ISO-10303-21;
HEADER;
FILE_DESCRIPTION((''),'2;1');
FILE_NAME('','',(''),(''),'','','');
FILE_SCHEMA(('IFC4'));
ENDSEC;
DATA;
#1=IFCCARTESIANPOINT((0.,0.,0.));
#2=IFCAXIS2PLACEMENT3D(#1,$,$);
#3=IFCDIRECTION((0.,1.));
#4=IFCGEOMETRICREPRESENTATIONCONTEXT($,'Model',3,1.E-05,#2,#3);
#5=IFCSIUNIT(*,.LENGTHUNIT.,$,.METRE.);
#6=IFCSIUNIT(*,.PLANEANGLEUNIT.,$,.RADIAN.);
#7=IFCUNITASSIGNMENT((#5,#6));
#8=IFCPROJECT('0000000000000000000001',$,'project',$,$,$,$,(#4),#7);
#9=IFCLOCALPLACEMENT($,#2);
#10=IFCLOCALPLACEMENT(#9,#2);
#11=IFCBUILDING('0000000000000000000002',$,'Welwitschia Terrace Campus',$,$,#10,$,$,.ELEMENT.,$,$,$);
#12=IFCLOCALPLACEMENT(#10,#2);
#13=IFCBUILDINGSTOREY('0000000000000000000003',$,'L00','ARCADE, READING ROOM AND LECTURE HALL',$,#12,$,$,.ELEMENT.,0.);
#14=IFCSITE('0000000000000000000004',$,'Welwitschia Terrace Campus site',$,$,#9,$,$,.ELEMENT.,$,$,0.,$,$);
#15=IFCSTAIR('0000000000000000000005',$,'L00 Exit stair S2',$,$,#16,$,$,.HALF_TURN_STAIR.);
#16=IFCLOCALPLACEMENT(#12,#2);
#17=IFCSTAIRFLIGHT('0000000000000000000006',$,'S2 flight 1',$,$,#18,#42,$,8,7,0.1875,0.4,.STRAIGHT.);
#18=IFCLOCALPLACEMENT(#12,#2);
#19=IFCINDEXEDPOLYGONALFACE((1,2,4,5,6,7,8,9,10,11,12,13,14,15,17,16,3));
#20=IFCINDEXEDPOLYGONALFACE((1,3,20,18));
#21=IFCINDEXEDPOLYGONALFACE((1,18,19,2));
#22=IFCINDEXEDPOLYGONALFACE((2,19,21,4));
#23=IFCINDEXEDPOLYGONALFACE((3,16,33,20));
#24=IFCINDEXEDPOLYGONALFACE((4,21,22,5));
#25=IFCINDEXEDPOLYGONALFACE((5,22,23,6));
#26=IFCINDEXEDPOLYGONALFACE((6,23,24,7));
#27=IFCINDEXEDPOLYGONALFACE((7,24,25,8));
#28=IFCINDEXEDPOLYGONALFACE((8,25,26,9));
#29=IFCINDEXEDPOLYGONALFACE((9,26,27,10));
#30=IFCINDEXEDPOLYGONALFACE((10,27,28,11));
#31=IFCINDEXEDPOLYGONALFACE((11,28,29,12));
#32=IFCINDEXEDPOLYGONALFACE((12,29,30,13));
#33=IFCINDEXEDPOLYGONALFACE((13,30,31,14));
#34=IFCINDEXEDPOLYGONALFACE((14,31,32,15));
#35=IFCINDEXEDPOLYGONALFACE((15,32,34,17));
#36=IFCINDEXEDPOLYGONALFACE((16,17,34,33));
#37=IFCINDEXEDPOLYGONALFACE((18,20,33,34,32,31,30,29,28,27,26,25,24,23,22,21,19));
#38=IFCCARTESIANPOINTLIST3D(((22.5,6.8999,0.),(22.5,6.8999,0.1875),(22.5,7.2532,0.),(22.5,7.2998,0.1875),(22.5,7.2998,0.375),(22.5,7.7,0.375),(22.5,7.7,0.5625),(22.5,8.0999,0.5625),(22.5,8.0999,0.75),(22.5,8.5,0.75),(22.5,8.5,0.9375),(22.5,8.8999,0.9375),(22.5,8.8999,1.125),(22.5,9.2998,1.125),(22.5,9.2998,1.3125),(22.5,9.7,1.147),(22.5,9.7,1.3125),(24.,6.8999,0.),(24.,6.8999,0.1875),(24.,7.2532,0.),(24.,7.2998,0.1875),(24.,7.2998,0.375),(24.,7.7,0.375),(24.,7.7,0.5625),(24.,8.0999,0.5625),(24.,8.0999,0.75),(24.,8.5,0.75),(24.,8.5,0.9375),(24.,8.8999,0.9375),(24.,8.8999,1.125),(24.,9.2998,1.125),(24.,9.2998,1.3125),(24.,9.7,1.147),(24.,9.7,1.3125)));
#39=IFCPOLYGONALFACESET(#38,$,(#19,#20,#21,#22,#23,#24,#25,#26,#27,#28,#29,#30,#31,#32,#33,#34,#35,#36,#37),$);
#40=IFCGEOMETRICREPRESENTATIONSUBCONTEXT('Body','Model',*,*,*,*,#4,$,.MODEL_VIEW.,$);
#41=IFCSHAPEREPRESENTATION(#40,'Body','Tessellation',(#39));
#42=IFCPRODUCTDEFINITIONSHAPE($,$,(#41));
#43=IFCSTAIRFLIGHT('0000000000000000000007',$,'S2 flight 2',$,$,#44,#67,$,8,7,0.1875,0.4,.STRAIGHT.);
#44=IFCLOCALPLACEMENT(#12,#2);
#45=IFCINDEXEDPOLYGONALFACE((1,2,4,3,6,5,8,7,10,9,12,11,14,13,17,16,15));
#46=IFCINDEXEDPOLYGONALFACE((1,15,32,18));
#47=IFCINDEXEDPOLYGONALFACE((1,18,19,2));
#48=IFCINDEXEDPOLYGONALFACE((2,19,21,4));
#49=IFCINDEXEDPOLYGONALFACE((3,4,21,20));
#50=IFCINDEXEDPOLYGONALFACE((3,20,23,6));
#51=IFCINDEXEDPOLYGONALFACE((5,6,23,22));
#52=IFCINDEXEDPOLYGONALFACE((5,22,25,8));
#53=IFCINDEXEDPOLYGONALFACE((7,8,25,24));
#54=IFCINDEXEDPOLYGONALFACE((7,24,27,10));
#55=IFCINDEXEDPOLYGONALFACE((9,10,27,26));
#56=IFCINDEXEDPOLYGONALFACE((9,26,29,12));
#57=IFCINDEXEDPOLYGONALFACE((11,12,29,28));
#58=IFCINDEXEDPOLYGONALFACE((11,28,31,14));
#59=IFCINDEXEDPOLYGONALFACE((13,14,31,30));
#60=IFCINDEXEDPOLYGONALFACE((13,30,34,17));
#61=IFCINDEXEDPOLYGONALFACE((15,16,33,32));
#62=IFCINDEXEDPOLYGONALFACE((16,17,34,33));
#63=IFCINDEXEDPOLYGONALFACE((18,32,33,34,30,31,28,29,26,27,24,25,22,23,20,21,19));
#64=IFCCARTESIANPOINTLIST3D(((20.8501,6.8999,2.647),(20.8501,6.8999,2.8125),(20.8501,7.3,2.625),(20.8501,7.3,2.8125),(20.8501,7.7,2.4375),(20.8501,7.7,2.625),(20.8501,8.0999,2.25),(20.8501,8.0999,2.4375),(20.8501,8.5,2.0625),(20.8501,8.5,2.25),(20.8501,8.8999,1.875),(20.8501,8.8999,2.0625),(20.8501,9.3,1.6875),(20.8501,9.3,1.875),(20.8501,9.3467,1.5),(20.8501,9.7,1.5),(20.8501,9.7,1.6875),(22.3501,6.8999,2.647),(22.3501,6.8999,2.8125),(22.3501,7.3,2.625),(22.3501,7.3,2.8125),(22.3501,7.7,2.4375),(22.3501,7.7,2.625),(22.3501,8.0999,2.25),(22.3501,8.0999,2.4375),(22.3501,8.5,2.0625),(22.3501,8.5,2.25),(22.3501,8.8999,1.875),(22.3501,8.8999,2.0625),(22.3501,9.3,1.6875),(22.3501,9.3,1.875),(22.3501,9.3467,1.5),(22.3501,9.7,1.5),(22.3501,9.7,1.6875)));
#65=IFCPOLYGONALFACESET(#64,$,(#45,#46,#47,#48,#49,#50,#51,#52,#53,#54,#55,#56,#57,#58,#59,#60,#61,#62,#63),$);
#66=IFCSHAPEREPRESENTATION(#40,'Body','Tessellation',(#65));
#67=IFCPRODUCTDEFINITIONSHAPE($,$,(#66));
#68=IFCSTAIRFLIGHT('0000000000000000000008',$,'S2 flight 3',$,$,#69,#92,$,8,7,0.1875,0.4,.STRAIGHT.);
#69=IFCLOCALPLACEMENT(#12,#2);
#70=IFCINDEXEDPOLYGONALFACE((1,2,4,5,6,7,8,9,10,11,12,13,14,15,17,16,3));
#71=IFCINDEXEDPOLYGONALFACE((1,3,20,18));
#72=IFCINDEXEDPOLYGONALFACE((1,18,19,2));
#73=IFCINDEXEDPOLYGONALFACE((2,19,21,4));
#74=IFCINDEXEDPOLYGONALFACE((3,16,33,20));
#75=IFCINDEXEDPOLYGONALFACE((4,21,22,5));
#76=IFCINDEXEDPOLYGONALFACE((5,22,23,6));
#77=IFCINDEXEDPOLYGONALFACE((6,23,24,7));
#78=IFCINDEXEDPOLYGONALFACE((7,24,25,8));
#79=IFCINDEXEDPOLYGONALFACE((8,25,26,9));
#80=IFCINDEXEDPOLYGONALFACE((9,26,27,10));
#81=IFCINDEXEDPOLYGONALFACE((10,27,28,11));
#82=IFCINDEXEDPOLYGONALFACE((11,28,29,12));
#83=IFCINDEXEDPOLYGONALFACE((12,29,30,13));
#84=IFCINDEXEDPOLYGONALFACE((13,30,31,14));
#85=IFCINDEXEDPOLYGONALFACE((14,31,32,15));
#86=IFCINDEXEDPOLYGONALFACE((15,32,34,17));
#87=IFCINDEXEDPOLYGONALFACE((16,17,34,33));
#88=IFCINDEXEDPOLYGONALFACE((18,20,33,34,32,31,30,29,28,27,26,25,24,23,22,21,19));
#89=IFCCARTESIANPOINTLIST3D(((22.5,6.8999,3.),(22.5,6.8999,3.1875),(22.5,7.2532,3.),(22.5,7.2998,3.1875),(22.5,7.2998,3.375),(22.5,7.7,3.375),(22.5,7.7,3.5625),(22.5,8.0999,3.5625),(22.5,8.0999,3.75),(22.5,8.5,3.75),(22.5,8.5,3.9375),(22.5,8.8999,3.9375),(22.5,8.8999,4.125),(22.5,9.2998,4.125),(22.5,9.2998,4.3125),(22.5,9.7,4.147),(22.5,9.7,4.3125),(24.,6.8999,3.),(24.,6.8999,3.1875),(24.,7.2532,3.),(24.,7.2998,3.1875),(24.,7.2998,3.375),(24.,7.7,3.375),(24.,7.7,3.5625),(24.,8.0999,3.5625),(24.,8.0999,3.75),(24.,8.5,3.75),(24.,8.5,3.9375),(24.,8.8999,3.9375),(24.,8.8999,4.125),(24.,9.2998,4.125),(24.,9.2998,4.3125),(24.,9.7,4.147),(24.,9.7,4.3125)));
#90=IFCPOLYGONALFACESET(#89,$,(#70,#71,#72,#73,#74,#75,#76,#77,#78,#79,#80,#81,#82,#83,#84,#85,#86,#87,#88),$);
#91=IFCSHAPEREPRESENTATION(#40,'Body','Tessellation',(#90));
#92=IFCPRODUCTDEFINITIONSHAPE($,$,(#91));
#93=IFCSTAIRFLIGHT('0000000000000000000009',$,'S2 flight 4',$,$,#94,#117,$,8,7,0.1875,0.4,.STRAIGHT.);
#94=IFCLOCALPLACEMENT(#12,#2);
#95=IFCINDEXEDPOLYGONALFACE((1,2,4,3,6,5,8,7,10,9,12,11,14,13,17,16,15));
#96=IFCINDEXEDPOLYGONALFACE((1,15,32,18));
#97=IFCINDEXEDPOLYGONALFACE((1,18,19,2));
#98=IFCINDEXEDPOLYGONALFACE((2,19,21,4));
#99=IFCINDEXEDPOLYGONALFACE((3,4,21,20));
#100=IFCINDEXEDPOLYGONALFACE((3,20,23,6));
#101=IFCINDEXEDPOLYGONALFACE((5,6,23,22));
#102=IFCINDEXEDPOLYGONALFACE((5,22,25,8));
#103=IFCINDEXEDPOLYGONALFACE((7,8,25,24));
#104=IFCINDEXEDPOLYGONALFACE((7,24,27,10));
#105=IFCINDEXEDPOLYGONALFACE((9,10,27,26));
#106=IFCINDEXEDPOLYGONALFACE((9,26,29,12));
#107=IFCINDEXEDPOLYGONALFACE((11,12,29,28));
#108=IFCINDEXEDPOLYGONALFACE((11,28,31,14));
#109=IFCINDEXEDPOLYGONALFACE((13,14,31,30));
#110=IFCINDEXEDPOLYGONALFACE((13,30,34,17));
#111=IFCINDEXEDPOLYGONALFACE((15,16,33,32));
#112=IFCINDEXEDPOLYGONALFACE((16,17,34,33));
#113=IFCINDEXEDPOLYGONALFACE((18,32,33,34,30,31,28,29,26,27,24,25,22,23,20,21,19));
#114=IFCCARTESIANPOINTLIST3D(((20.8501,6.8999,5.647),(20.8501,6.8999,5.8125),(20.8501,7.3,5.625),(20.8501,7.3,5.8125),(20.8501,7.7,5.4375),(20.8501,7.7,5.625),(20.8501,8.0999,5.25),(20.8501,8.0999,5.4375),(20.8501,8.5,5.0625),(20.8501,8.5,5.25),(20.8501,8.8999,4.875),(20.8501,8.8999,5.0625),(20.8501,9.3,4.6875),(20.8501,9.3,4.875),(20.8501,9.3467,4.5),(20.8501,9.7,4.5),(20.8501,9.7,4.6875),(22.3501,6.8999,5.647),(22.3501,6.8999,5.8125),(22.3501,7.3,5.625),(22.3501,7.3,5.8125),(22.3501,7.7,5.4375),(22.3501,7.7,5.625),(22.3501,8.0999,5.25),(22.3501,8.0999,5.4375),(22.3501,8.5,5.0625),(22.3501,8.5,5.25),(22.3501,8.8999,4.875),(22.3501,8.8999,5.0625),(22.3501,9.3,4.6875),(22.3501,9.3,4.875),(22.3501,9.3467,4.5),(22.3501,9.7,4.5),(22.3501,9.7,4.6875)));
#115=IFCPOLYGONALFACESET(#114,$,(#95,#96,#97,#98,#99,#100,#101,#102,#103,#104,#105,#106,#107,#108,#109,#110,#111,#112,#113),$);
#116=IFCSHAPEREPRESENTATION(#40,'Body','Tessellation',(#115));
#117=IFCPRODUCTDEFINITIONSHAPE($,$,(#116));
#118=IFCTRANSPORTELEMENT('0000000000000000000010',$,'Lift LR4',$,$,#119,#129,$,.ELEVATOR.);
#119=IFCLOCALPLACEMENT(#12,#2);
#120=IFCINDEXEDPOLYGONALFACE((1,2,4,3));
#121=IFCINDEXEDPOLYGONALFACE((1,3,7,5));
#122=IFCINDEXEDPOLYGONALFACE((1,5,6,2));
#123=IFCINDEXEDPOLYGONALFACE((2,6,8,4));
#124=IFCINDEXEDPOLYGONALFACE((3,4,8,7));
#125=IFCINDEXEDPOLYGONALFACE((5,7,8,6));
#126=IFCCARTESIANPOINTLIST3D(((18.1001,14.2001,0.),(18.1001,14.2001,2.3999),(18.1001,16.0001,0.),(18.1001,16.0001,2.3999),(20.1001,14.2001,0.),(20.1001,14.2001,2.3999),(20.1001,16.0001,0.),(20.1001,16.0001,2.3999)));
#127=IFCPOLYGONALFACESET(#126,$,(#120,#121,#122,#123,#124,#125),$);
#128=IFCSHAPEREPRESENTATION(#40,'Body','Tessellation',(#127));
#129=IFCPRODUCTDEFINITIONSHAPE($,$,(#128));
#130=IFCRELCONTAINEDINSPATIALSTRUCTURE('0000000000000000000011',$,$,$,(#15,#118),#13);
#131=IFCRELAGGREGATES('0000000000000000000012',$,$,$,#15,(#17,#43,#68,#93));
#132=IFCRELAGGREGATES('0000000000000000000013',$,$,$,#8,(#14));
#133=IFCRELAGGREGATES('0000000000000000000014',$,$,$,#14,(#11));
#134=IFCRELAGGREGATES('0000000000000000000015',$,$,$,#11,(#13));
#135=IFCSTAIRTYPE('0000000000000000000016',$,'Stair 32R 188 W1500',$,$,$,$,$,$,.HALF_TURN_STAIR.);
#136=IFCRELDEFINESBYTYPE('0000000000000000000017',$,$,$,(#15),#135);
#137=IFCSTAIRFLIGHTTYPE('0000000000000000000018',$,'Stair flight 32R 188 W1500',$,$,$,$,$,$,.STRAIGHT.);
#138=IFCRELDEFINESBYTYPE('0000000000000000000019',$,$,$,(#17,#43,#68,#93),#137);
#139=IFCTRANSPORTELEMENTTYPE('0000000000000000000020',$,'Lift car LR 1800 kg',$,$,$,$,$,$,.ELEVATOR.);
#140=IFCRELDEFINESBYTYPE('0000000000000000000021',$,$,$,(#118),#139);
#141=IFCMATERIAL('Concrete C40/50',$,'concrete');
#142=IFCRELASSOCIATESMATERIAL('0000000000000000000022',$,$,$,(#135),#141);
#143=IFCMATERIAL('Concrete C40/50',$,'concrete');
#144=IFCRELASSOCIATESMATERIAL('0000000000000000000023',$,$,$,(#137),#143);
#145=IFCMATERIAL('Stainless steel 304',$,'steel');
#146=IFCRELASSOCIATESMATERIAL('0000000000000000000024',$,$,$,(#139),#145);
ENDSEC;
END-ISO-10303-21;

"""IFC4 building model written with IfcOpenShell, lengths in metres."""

from ifc_helpers import new_model, si_unit, direction, frame, origin, origin_2d, place, context, subcontext, project, spatial, polyline, rectangle, outline, extrude, material, type_object, element, aggregate, save


model = new_model("IFC4")

# Units and contexts
model_context = context("Model", 3, precision=1e-05, world=origin(), true_north=direction((0.0, 1.0)))
body_context = subcontext(model_context, "Body", "Model", "MODEL_VIEW")
ifc_project = project(units=[si_unit("LENGTHUNIT", "METRE"), si_unit("PLANEANGLEUNIT", "RADIAN")], contexts=[model_context])

# Site, building, storey
site_placement = place(None, origin())
site = spatial("IfcSite", under=ifc_project, at=site_placement, Name="Welwitschia Terrace Campus site", CompositionType="ELEMENT", RefElevation=0.0)
building_placement = place(site_placement, origin())
building = spatial("IfcBuilding", under=site, at=building_placement, Name="Welwitschia Terrace Campus", CompositionType="ELEMENT")
storey_placement = place(building_placement, origin())
storey = spatial("IfcBuildingStorey", under=building, at=storey_placement, Name="L00", Description="ARCADE, READING ROOM AND LECTURE HALL", CompositionType="ELEMENT", Elevation=0.0)

# Stair, stair flights
ifc_material_1 = material(Name="Concrete C40/50", Category="concrete")
stair_type = type_object("IfcStairType", Name="Stair 32R 188 W1500", PredefinedType="HALF_TURN_STAIR", material=ifc_material_1)
stair_placement = place(storey_placement, origin())
stair = element("IfcStair", 1, at=stair_placement, inside=storey, type_object=stair_type, Name="L00 Exit stair S2", PredefinedType="HALF_TURN_STAIR")
ifc_material_2 = material(Name="Concrete C40/50", Category="concrete")
stair_flight_type = type_object("IfcStairFlightType", Name="Stair flight 32R 188 W1500", PredefinedType="STRAIGHT", material=ifc_material_2)
stair_flight_1_placement = place(storey_placement, frame((23.25, 6.8999, 0.0), z_axis=(0.0, 0.0, 1.0), x_axis=(0.0, 1.0, 0.0)))
stair_flight_1 = element("IfcStairFlight", 2, at=stair_flight_1_placement, type_object=stair_flight_type, Name="S2 flight 1", NumberOfRisers=8, NumberOfTreads=7, PredefinedType="STRAIGHT", RiserHeight=0.1875, TreadLength=0.4, context=body_context, shape_type="SweptSolid", body=[
    extrude(outline(polyline([(0.0, 0.0), (0.0, 0.1875), (0.3999, 0.1875), (0.3999, 0.375), (0.8, 0.375), (0.8, 0.5625), (1.2, 0.5625), (1.2, 0.75), (1.6001, 0.75), (1.6001, 0.9375), (2.0, 0.9375), (2.0, 1.125), (2.3999, 1.125), (2.3999, 1.3125), (2.8, 1.3125), (2.8, 1.5), (2.8, 1.147), (0.3533, 0.0), (0.0, 0.0)])), frame((0.0, 0.75, 0.0), z_axis=(0.0, -1.0, 0.0), x_axis=(1.0, 0.0, 0.0)), (0.0, 0.0, 1.0), 1.5),
])
stair_flight_2_placement = place(storey_placement, frame((21.6001, 9.7, 1.5), z_axis=(0.0, 0.0, 1.0), x_axis=(0.0, -1.0, 0.0)))
stair_flight_2 = element("IfcStairFlight", 3, at=stair_flight_2_placement, type_object=stair_flight_type, Name="S2 flight 2", NumberOfRisers=8, NumberOfTreads=7, PredefinedType="STRAIGHT", RiserHeight=0.1875, TreadLength=0.4, context=body_context, shape_type="SweptSolid", body=[
    extrude(outline(polyline([(0.0, 0.0), (0.0, 0.1875), (0.3999, 0.1875), (0.3999, 0.375), (0.8, 0.375), (0.8, 0.5625), (1.2, 0.5625), (1.2, 0.75), (1.6001, 0.75), (1.6001, 0.9375), (2.0, 0.9375), (2.0, 1.125), (2.3999, 1.125), (2.3999, 1.3125), (2.8, 1.3125), (2.8, 1.5), (2.8, 1.147), (0.3533, 0.0), (0.0, 0.0)])), frame((0.0, 0.75, 0.0), z_axis=(0.0, -1.0, 0.0), x_axis=(1.0, 0.0, 0.0)), (0.0, 0.0, 1.0), 1.5),
])
stair_flight_3_placement = place(storey_placement, frame((23.25, 6.8999, 3.0), z_axis=(0.0, 0.0, 1.0), x_axis=(0.0, 1.0, 0.0)))
stair_flight_3 = element("IfcStairFlight", 4, at=stair_flight_3_placement, type_object=stair_flight_type, Name="S2 flight 3", NumberOfRisers=8, NumberOfTreads=7, PredefinedType="STRAIGHT", RiserHeight=0.1875, TreadLength=0.4, context=body_context, shape_type="SweptSolid", body=[
    extrude(outline(polyline([(0.0, 0.0), (0.0, 0.1875), (0.3999, 0.1875), (0.3999, 0.375), (0.8, 0.375), (0.8, 0.5625), (1.2, 0.5625), (1.2, 0.75), (1.6001, 0.75), (1.6001, 0.9375), (2.0, 0.9375), (2.0, 1.125), (2.3999, 1.125), (2.3999, 1.3125), (2.8, 1.3125), (2.8, 1.5), (2.8, 1.147), (0.3533, 0.0), (0.0, 0.0)])), frame((0.0, 0.75, 0.0), z_axis=(0.0, -1.0, 0.0), x_axis=(1.0, 0.0, 0.0)), (0.0, 0.0, 1.0), 1.5),
])
stair_flight_4_placement = place(storey_placement, frame((21.6001, 9.7, 4.5), z_axis=(0.0, 0.0, 1.0), x_axis=(0.0, -1.0, 0.0)))
stair_flight_4 = element("IfcStairFlight", 5, at=stair_flight_4_placement, type_object=stair_flight_type, Name="S2 flight 4", NumberOfRisers=8, NumberOfTreads=7, PredefinedType="STRAIGHT", RiserHeight=0.1875, TreadLength=0.4, context=body_context, shape_type="SweptSolid", body=[
    extrude(outline(polyline([(0.0, 0.0), (0.0, 0.1875), (0.3999, 0.1875), (0.3999, 0.375), (0.8, 0.375), (0.8, 0.5625), (1.2, 0.5625), (1.2, 0.75), (1.6001, 0.75), (1.6001, 0.9375), (2.0, 0.9375), (2.0, 1.125), (2.3999, 1.125), (2.3999, 1.3125), (2.8, 1.3125), (2.8, 1.5), (2.8, 1.147), (0.3533, 0.0), (0.0, 0.0)])), frame((0.0, 0.75, 0.0), z_axis=(0.0, -1.0, 0.0), x_axis=(1.0, 0.0, 0.0)), (0.0, 0.0, 1.0), 1.5),
])
aggregate(stair, [stair_flight_1, stair_flight_2, stair_flight_3, stair_flight_4])

# Transport element
ifc_material_3 = material(Name="Stainless steel 304", Category="steel")
transport_element_type = type_object("IfcTransportElementType", Name="Lift car LR 1800 kg", PredefinedType="ELEVATOR", material=ifc_material_3)
transport_element_placement = place(storey_placement, frame((19.1001, 15.1001, 0.0), z_axis=(0.0, 0.0, 1.0), x_axis=(1.0, 0.0, 0.0)))
element("IfcTransportElement", 6, at=transport_element_placement, inside=storey, type_object=transport_element_type, Name="Lift LR4", PredefinedType="ELEVATOR", context=body_context, shape_type="SweptSolid", body=[
    extrude(rectangle(XDim=2.0, YDim=1.8, at=origin_2d()), origin(), (0.0, 0.0, 1.0), 2.3999),
])

save(model, "model.ifc")
